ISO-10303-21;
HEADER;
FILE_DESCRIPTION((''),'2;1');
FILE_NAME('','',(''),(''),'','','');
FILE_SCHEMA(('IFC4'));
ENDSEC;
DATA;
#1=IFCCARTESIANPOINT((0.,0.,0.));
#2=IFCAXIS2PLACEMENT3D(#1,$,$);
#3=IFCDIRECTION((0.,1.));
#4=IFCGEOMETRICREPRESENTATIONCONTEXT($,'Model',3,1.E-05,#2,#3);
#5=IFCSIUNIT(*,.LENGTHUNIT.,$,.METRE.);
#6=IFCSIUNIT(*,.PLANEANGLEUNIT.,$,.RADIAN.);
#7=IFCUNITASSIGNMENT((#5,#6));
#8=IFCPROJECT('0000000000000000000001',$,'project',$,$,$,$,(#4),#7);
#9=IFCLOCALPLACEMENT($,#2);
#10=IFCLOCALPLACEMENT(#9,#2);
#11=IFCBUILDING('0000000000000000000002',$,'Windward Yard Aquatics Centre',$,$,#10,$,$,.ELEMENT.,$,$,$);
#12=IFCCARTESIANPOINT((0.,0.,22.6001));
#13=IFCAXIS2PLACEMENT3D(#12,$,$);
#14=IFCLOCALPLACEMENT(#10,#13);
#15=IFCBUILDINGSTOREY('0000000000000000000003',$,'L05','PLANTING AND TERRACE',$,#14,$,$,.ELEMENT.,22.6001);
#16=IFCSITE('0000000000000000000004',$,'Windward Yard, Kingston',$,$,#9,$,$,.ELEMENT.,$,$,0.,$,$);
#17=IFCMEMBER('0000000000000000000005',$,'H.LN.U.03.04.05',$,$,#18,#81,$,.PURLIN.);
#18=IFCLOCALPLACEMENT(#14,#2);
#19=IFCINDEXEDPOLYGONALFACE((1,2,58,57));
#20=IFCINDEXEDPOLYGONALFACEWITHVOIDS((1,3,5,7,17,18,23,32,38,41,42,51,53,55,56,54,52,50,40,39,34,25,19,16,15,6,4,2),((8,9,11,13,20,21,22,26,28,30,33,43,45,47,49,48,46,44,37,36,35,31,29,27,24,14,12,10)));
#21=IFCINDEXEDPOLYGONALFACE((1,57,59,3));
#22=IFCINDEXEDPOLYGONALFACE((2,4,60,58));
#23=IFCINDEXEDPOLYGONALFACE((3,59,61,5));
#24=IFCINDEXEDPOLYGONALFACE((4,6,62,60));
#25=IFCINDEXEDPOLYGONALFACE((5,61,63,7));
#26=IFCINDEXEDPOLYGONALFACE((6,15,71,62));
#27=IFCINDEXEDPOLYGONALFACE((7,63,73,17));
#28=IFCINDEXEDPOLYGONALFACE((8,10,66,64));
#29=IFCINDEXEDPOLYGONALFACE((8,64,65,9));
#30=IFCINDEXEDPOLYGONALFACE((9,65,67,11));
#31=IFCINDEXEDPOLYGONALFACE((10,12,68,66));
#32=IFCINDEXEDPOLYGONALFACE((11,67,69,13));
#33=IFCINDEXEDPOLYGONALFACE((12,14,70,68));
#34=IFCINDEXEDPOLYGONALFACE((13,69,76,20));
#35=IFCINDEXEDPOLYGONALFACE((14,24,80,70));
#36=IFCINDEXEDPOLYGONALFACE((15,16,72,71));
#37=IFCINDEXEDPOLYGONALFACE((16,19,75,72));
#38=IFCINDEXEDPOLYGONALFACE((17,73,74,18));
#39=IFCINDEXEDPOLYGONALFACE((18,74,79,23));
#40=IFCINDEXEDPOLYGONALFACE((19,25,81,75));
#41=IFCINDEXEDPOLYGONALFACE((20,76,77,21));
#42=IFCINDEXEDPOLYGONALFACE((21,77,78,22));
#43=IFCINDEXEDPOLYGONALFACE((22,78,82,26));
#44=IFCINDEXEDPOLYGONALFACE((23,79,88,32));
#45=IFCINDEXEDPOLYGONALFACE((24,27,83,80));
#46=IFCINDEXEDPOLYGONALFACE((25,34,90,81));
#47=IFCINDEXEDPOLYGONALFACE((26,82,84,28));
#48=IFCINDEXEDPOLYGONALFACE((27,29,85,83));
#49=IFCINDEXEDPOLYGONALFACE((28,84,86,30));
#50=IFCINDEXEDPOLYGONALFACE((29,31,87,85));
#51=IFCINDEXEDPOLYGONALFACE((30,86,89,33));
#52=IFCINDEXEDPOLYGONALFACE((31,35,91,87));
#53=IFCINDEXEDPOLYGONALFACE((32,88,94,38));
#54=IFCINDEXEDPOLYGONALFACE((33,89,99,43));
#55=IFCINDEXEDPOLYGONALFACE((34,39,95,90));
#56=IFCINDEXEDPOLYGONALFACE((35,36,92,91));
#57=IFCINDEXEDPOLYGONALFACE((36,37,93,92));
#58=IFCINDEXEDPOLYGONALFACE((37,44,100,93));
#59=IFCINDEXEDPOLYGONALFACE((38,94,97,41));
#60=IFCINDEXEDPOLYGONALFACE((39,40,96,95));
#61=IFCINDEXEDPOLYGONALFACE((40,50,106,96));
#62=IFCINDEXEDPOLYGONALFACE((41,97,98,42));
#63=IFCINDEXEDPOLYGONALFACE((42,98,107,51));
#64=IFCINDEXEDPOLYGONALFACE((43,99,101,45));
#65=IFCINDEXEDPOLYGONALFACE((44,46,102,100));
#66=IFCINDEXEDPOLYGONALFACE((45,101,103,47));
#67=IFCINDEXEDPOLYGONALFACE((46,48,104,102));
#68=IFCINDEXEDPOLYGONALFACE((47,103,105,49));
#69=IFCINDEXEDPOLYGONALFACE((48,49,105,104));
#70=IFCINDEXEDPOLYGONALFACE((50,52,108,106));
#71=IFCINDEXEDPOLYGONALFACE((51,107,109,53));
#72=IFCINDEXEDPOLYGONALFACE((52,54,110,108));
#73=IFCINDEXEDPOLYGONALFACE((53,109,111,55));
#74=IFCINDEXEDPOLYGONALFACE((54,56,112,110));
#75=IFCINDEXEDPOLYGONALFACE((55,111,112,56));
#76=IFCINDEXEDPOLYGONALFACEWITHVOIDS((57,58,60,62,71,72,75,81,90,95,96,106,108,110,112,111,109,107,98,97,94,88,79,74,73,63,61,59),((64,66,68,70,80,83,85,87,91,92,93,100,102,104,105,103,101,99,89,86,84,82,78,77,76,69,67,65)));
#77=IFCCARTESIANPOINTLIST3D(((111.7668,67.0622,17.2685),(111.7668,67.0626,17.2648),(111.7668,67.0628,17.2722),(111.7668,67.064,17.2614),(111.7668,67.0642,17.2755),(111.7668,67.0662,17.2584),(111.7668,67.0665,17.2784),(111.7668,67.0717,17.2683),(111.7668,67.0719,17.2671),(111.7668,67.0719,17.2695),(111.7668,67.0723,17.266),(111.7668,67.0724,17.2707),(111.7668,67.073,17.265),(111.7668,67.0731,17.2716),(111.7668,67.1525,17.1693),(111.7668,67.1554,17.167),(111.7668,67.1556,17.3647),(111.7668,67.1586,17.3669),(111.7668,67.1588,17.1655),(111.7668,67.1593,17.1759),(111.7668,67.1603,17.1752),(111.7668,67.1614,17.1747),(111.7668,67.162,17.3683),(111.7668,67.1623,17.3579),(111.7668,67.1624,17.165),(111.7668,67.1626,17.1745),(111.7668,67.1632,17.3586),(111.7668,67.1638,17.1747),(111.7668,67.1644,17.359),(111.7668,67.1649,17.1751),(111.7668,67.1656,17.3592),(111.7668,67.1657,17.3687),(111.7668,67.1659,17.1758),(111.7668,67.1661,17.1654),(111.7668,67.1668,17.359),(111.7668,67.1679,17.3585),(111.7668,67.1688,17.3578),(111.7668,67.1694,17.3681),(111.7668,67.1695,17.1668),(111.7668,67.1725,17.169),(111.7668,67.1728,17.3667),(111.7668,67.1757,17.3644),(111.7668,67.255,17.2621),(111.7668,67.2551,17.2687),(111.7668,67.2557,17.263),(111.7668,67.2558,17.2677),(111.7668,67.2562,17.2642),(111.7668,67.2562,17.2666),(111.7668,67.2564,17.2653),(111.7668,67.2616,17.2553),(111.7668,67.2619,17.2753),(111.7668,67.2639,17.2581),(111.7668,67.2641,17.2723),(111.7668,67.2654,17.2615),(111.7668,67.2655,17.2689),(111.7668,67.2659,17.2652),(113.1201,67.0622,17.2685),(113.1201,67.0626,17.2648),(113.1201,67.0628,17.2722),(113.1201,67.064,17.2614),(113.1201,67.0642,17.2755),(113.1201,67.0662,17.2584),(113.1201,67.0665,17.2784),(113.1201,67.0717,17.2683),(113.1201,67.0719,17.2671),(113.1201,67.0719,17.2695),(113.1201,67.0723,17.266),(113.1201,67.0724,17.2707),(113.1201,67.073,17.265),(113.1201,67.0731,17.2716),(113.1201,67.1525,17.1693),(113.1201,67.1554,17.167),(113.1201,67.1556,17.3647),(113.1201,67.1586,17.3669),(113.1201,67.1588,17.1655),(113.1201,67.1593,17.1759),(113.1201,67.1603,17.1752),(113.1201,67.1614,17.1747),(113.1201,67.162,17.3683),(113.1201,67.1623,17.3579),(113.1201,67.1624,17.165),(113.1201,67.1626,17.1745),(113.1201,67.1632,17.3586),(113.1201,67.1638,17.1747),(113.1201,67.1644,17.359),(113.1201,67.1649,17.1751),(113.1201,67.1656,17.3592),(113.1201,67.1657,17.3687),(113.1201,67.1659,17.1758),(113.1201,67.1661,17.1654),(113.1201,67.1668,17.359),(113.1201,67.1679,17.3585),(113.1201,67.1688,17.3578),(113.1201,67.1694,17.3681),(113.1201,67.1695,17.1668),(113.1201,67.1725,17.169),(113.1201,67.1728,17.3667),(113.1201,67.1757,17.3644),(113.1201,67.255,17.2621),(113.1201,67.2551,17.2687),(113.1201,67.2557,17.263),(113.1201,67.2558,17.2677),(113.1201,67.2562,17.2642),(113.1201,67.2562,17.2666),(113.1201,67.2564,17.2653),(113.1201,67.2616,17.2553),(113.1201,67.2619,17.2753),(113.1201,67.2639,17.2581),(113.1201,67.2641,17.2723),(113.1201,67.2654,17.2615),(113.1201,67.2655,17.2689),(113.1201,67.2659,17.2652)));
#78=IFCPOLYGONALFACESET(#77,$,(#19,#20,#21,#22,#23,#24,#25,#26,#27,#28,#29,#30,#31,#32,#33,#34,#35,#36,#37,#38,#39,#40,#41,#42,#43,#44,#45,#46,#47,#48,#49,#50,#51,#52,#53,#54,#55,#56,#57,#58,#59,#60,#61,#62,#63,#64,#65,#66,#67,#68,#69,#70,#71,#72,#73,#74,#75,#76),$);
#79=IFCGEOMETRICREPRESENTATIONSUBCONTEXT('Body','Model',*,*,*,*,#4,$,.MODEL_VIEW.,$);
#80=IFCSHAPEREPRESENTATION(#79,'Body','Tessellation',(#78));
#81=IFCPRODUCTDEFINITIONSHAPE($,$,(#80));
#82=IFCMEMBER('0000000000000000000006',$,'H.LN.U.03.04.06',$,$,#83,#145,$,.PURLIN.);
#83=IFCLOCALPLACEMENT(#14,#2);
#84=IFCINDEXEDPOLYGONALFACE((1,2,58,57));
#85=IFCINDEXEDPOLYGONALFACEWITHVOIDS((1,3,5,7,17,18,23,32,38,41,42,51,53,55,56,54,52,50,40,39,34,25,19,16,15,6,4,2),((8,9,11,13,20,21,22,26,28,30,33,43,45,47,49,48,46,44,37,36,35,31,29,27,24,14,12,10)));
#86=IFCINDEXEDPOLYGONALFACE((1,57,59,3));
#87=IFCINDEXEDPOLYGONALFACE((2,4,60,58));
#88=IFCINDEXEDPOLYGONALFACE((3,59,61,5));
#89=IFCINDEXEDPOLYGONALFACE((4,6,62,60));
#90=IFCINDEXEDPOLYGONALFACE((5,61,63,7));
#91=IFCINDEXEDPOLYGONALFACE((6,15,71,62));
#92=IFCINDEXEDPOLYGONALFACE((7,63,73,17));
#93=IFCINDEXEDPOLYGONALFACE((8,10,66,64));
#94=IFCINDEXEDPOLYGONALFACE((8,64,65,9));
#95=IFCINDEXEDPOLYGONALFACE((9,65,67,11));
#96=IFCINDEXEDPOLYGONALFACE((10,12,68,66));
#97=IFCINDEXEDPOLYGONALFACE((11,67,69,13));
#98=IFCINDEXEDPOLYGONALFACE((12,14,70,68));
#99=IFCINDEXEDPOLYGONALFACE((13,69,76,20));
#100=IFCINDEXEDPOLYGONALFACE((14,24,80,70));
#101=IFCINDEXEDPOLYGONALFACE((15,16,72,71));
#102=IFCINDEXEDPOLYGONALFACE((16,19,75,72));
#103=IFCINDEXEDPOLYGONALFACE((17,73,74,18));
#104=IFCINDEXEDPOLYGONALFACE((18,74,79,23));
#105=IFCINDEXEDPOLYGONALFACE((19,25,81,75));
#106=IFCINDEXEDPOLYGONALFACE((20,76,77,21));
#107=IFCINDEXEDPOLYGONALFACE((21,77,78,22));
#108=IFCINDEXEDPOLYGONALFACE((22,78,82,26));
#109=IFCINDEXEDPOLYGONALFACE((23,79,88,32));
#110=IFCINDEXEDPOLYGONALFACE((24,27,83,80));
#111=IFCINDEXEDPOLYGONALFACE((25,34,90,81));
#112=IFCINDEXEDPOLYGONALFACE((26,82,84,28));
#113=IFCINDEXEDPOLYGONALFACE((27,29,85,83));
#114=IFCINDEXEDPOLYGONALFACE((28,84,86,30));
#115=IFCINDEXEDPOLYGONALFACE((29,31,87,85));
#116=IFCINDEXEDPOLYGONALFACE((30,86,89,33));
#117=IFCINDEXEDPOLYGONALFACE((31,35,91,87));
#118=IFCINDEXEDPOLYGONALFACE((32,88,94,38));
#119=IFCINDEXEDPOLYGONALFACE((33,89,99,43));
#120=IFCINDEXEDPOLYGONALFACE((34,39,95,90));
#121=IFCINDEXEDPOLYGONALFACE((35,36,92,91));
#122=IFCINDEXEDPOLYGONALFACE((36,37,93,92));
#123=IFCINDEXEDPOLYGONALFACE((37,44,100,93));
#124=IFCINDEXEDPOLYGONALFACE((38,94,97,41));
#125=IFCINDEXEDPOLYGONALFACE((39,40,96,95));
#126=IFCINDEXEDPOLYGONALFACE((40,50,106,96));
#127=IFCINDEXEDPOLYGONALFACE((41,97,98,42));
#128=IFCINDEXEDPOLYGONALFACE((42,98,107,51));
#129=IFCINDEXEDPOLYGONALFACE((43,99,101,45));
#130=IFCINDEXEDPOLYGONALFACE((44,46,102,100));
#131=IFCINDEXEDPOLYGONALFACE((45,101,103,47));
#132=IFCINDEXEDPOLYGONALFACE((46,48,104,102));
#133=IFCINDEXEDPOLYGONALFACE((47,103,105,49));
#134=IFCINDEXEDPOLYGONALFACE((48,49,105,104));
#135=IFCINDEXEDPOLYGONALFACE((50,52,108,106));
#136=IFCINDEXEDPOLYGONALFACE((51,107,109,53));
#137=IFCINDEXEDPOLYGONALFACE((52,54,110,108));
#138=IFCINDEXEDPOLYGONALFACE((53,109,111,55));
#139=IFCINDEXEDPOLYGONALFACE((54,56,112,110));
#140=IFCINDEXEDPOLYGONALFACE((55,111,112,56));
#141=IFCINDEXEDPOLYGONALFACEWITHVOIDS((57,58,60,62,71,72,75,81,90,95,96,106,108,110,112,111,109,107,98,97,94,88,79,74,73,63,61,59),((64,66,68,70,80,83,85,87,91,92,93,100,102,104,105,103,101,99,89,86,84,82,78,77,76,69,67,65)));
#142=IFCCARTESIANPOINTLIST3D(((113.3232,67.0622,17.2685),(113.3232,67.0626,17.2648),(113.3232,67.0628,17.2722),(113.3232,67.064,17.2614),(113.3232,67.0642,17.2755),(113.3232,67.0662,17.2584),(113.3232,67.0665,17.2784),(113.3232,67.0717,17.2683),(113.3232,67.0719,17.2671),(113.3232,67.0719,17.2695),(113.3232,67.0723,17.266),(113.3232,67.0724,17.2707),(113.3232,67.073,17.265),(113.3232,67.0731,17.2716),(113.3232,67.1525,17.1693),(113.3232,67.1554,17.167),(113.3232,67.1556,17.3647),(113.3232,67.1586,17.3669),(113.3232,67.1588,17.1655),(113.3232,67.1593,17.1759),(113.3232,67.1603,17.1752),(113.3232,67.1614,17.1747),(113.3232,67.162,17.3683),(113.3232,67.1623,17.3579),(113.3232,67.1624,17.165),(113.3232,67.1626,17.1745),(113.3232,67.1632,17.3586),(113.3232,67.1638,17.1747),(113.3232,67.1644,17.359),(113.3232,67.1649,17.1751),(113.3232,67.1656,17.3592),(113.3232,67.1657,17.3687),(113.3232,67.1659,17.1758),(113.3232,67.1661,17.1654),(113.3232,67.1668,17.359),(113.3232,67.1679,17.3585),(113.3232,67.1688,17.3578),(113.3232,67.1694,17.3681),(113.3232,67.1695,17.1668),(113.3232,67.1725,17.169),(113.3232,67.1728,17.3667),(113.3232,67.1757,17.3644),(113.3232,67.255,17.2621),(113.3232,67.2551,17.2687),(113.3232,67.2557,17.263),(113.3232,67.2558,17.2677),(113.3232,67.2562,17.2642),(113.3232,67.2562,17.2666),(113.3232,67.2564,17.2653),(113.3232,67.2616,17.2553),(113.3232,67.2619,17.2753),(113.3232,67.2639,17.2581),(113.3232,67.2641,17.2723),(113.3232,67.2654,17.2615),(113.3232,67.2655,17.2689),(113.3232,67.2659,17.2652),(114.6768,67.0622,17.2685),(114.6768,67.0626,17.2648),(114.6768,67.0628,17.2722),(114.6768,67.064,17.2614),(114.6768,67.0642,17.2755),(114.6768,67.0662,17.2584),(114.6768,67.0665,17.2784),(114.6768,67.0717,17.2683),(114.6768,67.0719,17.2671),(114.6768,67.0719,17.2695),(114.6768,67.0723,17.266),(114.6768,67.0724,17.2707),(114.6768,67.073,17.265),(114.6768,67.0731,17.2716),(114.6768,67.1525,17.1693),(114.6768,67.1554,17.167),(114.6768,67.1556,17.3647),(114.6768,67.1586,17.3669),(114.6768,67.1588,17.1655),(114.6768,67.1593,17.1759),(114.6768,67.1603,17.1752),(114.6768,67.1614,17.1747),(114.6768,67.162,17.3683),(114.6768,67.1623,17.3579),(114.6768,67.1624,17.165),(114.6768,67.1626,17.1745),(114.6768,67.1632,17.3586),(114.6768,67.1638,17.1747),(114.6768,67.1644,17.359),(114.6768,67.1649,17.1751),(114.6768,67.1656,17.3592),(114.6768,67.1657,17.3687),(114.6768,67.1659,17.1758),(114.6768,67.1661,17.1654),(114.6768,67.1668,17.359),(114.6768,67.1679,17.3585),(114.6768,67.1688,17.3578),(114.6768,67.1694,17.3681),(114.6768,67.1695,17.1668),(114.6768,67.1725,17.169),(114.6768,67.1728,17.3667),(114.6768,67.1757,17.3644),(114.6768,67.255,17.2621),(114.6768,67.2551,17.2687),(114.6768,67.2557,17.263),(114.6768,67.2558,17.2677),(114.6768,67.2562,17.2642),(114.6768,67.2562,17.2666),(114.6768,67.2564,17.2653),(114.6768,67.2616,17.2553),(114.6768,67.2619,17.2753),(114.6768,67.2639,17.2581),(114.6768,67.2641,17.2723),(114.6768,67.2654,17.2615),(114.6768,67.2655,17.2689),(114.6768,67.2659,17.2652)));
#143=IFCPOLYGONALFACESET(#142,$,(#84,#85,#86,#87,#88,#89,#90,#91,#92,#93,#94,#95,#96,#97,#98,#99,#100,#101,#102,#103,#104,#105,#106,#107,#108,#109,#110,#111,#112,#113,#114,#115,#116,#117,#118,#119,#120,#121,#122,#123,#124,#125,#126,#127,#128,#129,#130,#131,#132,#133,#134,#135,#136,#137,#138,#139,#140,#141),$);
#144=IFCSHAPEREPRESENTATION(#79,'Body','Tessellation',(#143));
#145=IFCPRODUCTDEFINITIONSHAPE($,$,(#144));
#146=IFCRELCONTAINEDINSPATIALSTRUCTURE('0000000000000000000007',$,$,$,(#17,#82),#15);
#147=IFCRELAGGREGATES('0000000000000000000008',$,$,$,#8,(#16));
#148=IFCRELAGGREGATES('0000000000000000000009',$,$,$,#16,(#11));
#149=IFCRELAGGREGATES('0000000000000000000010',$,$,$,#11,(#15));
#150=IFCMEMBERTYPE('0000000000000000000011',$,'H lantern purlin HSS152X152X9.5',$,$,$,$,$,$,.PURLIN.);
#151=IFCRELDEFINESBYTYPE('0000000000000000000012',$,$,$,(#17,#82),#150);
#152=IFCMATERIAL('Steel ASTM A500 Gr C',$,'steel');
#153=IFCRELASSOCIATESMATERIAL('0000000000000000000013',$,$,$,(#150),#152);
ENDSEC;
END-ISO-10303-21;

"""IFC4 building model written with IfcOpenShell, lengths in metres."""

from ifc_helpers import new_model, si_unit, direction, frame, origin, origin_2d, place, context, subcontext, project, spatial, hollow_rectangle, extrude, material, material_profile, profile_set, type_object, element, save


model = new_model("IFC4")

# Units and contexts
model_context = context("Model", 3, precision=1e-05, world=origin(), true_north=direction((0.0, 1.0)))
body_context = subcontext(model_context, "Body", "Model", "MODEL_VIEW")
ifc_project = project(units=[si_unit("LENGTHUNIT", "METRE"), si_unit("PLANEANGLEUNIT", "RADIAN")], contexts=[model_context])

# Site, building, storey
site_placement = place(None, origin())
site = spatial("IfcSite", under=ifc_project, at=site_placement, Name="Windward Yard, Kingston", CompositionType="ELEMENT", RefElevation=0.0)
building_placement = place(site_placement, origin())
building = spatial("IfcBuilding", under=site, at=building_placement, Name="Windward Yard Aquatics Centre", CompositionType="ELEMENT")
storey_placement = place(building_placement, frame((0.0, 0.0, 22.6001)))
storey = spatial("IfcBuildingStorey", under=building, at=storey_placement, Name="L05", Description="PLANTING AND TERRACE", CompositionType="ELEMENT", Elevation=22.6001)

# Members
ifc_material_1 = material(Name="Steel ASTM A500 Gr C", Category="steel")
ifc_material_profile = material_profile(ifc_material_1, hollow_rectangle(XDim=0.1523, YDim=0.1523, WallThickness=0.0095, InnerFilletRadius=0.0046, OuterFilletRadius=0.0142, at=origin_2d()), Name="HSS152X152X9.5")
ifc_profile_set = profile_set([ifc_material_profile], Name="Steel ASTM A500 Gr C")
member_type = type_object("IfcMemberType", Name="H lantern purlin HSS152X152X9.5", PredefinedType="PURLIN", material=ifc_profile_set)
member_1_placement = place(storey_placement, frame((111.7668, 67.1641, 17.2668), z_axis=(1.0, 0.0, 0.0), x_axis=(0.0, 0.69555, -0.718477)))
element("IfcMember", 1, at=member_1_placement, inside=storey, type_object=member_type, Name="H.LN.U.03.04.05", PredefinedType="PURLIN", context=body_context, shape_type="SweptSolid", body=[
    extrude(hollow_rectangle(XDim=0.1523, YDim=0.1523, WallThickness=0.0095, InnerFilletRadius=0.0046, OuterFilletRadius=0.0142, at=origin_2d()), origin(), (0.0, 0.0, 1.0), 1.3533),
])
member_2_placement = place(storey_placement, frame((113.3232, 67.1641, 17.2668), z_axis=(1.0, 0.0, 0.0), x_axis=(0.0, 0.69555, -0.718477)))
element("IfcMember", 2, at=member_2_placement, inside=storey, type_object=member_type, Name="H.LN.U.03.04.06", PredefinedType="PURLIN", context=body_context, shape_type="SweptSolid", body=[
    extrude(hollow_rectangle(XDim=0.1523, YDim=0.1523, WallThickness=0.0095, InnerFilletRadius=0.0046, OuterFilletRadius=0.0142, at=origin_2d()), origin(), (0.0, 0.0, 1.0), 1.3535),
])

save(model, "model.ifc")
